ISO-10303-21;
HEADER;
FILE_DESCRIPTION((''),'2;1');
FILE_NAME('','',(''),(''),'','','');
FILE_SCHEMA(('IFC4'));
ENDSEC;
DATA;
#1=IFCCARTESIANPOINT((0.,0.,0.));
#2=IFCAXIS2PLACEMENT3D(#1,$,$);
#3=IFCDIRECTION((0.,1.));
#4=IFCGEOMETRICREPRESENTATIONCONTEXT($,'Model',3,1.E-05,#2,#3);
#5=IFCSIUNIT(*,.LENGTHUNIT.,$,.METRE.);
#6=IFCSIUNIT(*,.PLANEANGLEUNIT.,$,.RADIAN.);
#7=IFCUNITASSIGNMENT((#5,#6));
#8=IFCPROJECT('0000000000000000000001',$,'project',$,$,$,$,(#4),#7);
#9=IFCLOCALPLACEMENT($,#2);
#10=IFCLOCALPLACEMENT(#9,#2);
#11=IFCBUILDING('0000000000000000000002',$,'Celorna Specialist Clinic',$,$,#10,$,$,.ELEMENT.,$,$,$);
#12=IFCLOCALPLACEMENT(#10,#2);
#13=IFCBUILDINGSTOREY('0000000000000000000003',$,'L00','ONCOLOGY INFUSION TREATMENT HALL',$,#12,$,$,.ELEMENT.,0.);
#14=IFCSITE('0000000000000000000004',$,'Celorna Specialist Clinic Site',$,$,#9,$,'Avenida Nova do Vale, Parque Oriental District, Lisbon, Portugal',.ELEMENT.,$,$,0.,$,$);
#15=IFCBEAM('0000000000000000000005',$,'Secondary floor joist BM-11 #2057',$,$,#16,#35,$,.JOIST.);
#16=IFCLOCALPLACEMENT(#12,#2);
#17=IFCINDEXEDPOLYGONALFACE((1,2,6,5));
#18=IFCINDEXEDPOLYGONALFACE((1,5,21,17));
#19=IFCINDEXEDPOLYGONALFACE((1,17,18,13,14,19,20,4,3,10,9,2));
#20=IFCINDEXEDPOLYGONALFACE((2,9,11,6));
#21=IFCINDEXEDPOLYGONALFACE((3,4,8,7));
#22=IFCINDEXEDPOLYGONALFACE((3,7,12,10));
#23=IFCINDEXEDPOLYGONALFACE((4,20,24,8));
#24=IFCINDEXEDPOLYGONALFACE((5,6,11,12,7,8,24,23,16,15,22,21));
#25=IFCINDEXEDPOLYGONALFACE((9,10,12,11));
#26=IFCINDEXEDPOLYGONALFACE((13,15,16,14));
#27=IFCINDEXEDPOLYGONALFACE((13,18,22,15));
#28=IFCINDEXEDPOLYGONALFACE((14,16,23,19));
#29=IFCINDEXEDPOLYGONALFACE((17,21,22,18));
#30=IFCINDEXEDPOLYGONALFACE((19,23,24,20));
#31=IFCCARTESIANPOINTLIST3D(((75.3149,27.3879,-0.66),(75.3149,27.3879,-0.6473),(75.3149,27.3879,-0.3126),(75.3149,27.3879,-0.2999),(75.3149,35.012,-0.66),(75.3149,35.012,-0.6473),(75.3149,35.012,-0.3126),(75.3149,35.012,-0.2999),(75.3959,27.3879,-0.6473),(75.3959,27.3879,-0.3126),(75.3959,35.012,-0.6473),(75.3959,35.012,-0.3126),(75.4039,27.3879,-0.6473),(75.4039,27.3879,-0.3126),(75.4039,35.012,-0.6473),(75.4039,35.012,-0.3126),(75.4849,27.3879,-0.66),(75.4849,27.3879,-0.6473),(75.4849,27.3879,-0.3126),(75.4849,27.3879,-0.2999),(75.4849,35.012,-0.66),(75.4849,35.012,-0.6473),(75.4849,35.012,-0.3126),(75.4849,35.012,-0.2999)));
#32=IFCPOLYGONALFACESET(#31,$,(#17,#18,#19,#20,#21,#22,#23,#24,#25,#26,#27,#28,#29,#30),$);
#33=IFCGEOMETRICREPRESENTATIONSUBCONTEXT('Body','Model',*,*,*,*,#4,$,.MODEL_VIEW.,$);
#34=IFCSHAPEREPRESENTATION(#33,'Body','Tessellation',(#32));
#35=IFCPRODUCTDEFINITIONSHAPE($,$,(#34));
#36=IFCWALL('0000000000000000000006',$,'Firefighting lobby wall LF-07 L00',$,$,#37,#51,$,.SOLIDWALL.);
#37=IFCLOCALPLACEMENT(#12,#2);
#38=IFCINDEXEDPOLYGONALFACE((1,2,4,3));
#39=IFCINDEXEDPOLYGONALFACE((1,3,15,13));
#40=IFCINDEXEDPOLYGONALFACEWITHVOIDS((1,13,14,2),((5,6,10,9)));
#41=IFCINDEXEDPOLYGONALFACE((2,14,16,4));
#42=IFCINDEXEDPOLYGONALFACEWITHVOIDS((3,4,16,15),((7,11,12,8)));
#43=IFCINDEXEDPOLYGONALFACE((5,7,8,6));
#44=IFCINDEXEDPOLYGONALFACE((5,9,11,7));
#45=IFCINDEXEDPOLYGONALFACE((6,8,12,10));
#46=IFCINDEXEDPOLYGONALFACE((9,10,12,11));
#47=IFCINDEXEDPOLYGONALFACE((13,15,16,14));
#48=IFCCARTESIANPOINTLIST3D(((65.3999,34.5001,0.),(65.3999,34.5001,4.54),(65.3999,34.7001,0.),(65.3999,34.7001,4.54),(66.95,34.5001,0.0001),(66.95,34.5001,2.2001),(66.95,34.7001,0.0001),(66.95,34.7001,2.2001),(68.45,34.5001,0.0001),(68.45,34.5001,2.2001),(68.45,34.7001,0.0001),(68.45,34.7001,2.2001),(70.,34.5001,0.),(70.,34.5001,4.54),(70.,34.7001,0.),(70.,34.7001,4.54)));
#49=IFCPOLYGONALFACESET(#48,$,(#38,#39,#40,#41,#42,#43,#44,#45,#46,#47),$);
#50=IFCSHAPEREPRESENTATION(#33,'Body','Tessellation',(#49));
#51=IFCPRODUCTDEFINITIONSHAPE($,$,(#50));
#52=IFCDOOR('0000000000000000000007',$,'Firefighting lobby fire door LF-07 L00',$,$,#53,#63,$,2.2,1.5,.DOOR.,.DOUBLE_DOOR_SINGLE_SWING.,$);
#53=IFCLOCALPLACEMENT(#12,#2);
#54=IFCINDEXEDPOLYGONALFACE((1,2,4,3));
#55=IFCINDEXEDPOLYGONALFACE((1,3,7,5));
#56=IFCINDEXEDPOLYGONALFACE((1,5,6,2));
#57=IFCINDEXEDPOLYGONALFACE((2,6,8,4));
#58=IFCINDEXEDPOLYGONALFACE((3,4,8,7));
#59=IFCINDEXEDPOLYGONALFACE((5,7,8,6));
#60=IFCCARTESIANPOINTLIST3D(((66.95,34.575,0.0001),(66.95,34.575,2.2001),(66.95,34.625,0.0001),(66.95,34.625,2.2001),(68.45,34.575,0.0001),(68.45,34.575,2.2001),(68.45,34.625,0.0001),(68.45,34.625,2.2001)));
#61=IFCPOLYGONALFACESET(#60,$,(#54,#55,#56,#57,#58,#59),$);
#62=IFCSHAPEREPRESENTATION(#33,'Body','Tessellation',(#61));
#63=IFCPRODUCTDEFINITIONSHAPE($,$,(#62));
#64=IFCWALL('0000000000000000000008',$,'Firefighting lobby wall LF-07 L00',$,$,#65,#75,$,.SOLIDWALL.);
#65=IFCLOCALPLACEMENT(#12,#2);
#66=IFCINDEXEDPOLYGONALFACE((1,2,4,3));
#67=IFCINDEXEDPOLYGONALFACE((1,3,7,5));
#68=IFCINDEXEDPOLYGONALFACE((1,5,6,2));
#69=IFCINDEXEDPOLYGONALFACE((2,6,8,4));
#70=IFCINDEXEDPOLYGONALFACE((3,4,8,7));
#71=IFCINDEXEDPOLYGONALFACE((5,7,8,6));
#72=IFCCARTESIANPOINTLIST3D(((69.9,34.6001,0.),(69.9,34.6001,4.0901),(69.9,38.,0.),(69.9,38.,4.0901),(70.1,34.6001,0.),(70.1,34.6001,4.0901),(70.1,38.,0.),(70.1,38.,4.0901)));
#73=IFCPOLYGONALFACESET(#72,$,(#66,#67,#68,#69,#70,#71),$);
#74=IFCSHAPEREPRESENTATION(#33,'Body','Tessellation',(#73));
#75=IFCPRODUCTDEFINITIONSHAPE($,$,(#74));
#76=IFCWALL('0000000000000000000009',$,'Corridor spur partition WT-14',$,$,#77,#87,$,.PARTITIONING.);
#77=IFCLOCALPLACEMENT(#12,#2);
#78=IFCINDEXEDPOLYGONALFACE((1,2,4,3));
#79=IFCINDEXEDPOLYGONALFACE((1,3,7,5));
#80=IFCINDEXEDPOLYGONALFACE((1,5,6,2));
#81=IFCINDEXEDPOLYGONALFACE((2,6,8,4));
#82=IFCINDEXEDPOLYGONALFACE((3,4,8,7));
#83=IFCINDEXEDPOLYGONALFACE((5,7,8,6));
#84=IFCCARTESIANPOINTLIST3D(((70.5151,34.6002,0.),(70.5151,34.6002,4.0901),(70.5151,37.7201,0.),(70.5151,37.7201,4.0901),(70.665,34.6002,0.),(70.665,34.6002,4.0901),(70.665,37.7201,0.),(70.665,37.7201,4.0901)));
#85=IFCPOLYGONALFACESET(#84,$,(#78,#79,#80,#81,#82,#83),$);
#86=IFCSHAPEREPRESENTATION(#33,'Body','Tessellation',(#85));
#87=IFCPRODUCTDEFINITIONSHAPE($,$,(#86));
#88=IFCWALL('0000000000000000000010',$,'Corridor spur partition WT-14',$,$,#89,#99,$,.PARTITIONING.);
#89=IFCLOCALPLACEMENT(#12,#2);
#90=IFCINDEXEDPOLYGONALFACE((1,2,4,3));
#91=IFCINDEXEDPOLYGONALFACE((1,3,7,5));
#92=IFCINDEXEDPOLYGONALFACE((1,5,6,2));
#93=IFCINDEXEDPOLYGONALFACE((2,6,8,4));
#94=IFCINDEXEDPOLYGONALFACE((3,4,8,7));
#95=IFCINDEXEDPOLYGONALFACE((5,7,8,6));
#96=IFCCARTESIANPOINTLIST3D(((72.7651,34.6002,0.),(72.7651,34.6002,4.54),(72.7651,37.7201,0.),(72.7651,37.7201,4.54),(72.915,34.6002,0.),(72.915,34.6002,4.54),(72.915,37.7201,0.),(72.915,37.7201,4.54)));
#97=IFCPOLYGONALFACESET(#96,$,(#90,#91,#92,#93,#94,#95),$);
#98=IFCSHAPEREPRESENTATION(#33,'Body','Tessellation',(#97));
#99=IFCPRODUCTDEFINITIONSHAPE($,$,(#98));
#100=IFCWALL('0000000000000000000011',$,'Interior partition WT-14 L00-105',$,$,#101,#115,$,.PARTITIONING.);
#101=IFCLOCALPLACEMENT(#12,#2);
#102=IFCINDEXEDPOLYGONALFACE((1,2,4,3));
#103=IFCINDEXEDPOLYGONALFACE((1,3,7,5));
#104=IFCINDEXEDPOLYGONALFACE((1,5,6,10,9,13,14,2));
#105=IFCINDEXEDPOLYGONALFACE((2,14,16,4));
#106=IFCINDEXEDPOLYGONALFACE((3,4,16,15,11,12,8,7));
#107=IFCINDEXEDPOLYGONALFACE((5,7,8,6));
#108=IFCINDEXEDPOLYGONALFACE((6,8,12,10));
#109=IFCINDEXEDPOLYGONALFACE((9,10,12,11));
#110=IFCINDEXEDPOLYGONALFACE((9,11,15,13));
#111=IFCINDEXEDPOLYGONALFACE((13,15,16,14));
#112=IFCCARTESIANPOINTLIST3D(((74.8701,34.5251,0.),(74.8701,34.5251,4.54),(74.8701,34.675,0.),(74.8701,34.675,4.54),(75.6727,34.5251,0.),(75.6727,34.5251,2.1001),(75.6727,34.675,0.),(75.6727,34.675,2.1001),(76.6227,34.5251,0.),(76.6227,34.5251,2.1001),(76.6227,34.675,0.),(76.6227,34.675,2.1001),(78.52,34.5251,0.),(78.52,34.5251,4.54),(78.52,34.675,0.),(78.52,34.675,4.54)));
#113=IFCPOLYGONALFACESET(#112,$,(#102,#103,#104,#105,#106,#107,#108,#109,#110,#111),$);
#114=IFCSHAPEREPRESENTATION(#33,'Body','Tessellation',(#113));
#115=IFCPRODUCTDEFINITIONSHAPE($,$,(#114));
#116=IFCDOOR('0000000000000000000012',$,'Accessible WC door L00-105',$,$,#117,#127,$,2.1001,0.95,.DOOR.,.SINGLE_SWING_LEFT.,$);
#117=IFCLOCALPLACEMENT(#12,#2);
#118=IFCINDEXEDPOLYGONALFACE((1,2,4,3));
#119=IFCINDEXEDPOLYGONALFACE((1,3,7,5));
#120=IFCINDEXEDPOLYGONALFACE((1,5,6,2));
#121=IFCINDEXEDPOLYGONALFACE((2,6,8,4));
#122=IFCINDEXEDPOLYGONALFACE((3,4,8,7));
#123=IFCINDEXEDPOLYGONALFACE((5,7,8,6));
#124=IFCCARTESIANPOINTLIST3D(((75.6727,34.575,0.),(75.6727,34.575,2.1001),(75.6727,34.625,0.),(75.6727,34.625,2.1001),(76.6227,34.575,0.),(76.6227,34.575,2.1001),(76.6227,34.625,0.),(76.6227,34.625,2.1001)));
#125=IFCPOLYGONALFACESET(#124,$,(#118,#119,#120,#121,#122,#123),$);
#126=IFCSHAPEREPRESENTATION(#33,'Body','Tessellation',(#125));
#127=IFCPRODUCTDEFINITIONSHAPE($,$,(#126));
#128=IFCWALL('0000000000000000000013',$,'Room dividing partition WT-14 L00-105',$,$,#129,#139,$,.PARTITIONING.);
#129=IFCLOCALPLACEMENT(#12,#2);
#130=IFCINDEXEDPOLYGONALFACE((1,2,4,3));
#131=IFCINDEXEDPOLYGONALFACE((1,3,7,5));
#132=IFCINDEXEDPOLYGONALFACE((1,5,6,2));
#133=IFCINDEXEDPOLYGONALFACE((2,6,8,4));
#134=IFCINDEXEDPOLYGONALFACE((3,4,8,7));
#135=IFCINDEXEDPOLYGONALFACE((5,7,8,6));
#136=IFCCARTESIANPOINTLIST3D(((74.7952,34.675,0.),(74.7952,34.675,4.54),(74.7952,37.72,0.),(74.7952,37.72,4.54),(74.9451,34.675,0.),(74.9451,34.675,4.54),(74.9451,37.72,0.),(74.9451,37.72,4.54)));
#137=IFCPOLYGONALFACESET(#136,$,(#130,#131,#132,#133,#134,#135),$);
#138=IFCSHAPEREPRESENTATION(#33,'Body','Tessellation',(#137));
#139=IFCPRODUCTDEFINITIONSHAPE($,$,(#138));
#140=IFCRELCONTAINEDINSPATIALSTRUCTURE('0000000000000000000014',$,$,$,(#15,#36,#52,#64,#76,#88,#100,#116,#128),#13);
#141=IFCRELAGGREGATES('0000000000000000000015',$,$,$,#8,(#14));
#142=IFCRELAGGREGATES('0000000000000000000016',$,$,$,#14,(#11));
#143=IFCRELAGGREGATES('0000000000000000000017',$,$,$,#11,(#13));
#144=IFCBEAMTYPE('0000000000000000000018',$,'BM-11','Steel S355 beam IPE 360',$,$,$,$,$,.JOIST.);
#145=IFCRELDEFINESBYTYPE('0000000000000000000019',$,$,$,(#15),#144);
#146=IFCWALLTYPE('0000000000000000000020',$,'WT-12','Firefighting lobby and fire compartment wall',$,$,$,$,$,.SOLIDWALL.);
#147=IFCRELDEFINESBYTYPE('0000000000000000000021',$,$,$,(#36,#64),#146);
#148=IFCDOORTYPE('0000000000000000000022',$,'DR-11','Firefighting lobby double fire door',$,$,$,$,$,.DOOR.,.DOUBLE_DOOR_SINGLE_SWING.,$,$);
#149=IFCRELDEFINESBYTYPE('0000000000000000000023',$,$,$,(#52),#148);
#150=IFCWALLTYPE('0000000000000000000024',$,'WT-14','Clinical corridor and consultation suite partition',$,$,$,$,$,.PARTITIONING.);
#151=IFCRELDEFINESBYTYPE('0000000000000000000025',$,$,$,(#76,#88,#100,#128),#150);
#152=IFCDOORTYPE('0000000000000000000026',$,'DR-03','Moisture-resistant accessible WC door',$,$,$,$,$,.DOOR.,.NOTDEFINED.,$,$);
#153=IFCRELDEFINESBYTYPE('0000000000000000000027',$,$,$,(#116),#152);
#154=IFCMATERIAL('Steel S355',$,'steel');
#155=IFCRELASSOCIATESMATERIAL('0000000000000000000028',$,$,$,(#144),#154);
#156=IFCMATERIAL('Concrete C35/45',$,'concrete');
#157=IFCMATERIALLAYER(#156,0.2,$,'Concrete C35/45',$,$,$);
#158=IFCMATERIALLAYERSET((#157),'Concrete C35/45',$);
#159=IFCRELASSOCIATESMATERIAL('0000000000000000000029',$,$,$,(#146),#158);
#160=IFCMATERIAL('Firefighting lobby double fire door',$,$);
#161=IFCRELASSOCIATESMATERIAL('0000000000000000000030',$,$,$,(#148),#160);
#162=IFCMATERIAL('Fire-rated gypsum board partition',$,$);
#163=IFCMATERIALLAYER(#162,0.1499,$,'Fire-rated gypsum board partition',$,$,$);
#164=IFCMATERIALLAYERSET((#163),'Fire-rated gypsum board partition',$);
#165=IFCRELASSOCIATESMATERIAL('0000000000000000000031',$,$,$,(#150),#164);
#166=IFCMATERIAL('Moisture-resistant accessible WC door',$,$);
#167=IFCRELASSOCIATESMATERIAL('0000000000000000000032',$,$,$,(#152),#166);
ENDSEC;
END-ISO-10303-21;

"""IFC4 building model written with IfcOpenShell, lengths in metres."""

from ifc_helpers import new_model, si_unit, direction, frame, frame_2d, origin, origin_2d, place, context, subcontext, project, spatial, rectangle, i_section, extrude, material, layer, layer_set, material_profile, profile_set, type_object, element, fill, save


model = new_model("IFC4")

# Units and contexts
model_context = context("Model", 3, precision=1e-05, world=origin(), true_north=direction((0.0, 1.0)))
body_context = subcontext(model_context, "Body", "Model", "MODEL_VIEW")
ifc_project = project(units=[si_unit("LENGTHUNIT", "METRE"), si_unit("PLANEANGLEUNIT", "RADIAN")], contexts=[model_context])

# Site, building, storey
site_placement = place(None, origin())
site = spatial("IfcSite", under=ifc_project, at=site_placement, Name="Celorna Specialist Clinic Site", LongName="Avenida Nova do Vale, Parque Oriental District, Lisbon, Portugal", CompositionType="ELEMENT", RefElevation=0.0)
building_placement = place(site_placement, origin())
building = spatial("IfcBuilding", under=site, at=building_placement, Name="Celorna Specialist Clinic", CompositionType="ELEMENT")
storey_placement = place(building_placement, origin())
storey = spatial("IfcBuildingStorey", under=building, at=storey_placement, Name="L00", Description="ONCOLOGY INFUSION TREATMENT HALL", CompositionType="ELEMENT", Elevation=0.0)

# Beam
ifc_material_1 = material(Name="Steel S355", Category="steel")
ifc_material_profile_1 = material_profile(ifc_material_1, i_section(OverallWidth=0.1699, OverallDepth=0.3601, WebThickness=0.0081, FlangeThickness=0.0127, at=origin_2d()), Name="IPE 360")
ifc_profile_set_1 = profile_set([ifc_material_profile_1], Name="Steel S355")
beam_type_1 = type_object("IfcBeamType", Name="BM-11", Description="Steel S355 beam IPE 360", PredefinedType="JOIST", material=ifc_profile_set_1)
for number, where, z_axis, x_axis, name in (
    (1, (75.3999, 27.3879, -0.48), (0.0, 1.0, 0.0), (-1.0, 0.0, 0.0), "Secondary floor joist BM-11 #2057"),
):
    element("IfcBeam", number, at=place(storey_placement, frame(where, z_axis=z_axis, x_axis=x_axis)), inside=storey, type_object=beam_type_1, Name=name, PredefinedType="JOIST", context=body_context, shape_type="SweptSolid", body=[
        extrude(i_section(OverallWidth=0.1699, OverallDepth=0.3601, WebThickness=0.0081, FlangeThickness=0.0127, at=origin_2d()), origin(), (0.0, 0.0, 1.0), 7.624),
    ])

# Wall, opening, door
ifc_material_2 = material(Name="Concrete C35/45", Category="concrete")
ifc_layer_1 = layer(ifc_material_2, 0.2, Name="Concrete C35/45")
ifc_layer_set_1 = layer_set([ifc_layer_1], Name="Concrete C35/45")
wall_type_1 = type_object("IfcWallType", Name="WT-12", Description="Firefighting lobby and fire compartment wall", PredefinedType="SOLIDWALL", material=ifc_layer_set_1)
wall_1_placement = place(storey_placement, frame((65.3999, 34.6001, 0.0), z_axis=(0.0, 0.0, 1.0), x_axis=(1.0, 0.0, 0.0)))
wall_1 = element("IfcWall", 2, at=wall_1_placement, inside=storey, type_object=wall_type_1, Name="Firefighting lobby wall LF-07 L00", PredefinedType="SOLIDWALL", context=body_context, shape_type="SweptSolid", body=[
    extrude(rectangle(XDim=4.6001, YDim=0.2, at=frame_2d((2.3, 0.0))), origin(), (0.0, 0.0, 1.0), 4.54),
])
opening_1_placement = place(wall_1_placement, frame((1.55, 0.0, 0.0)))
opening_1 = element("IfcOpeningElement", 3, at=opening_1_placement, cuts=wall_1, PredefinedType="OPENING", context=body_context, shape_type="SweptSolid", body=[
    extrude(rectangle(XDim=1.5, YDim=2.2, at=frame_2d((0.75, 1.1001))), frame((0.0, 0.1099, 0.0), z_axis=(0.0, -1.0, 0.0), x_axis=(1.0, 0.0, 0.0)), (0.0, 0.0, 1.0), 0.22),
])
ifc_material_3 = material(Name="Firefighting lobby double fire door")
door_type_1 = type_object("IfcDoorType", Name="DR-11", Description="Firefighting lobby double fire door", OperationType="DOUBLE_DOOR_SINGLE_SWING", PredefinedType="DOOR", material=ifc_material_3)
door_1_placement = place(opening_1_placement, origin())
door_1 = element("IfcDoor", 4, at=door_1_placement, inside=storey, type_object=door_type_1, Name="Firefighting lobby fire door LF-07 L00", OperationType="DOUBLE_DOOR_SINGLE_SWING", OverallHeight=2.2, OverallWidth=1.5, PredefinedType="DOOR", context=body_context, shape_type="SweptSolid", body=[
    extrude(rectangle(XDim=1.5, YDim=2.2, at=frame_2d((0.75, 1.1001))), frame((0.0, 0.0249, 0.0), z_axis=(0.0, -1.0, 0.0), x_axis=(1.0, 0.0, 0.0)), (0.0, 0.0, 1.0), 0.05),
])
fill(opening_1, door_1)

# Walls
wall_2_placement = place(storey_placement, frame((70.0, 34.6001, 0.0), z_axis=(0.0, 0.0, 1.0), x_axis=(0.0, 1.0, 0.0)))
element("IfcWall", 5, at=wall_2_placement, inside=storey, type_object=wall_type_1, Name="Firefighting lobby wall LF-07 L00", PredefinedType="SOLIDWALL", context=body_context, shape_type="SweptSolid", body=[
    extrude(rectangle(XDim=3.3999, YDim=0.2, at=frame_2d((1.7, 0.0))), origin(), (0.0, 0.0, 1.0), 4.0901),
])
ifc_material_4 = material(Name="Fire-rated gypsum board partition")
ifc_layer_2 = layer(ifc_material_4, 0.1499, Name="Fire-rated gypsum board partition")
ifc_layer_set_2 = layer_set([ifc_layer_2], Name="Fire-rated gypsum board partition")
wall_type_2 = type_object("IfcWallType", Name="WT-14", Description="Clinical corridor and consultation suite partition", PredefinedType="PARTITIONING", material=ifc_layer_set_2)
wall_3_placement = place(storey_placement, frame((70.5901, 34.6001, 0.0), z_axis=(0.0, 0.0, 1.0), x_axis=(0.0, 1.0, 0.0)))
element("IfcWall", 6, at=wall_3_placement, inside=storey, type_object=wall_type_2, Name="Corridor spur partition WT-14", PredefinedType="PARTITIONING", context=body_context, shape_type="SweptSolid", body=[
    extrude(rectangle(XDim=3.1199, YDim=0.1499, at=frame_2d((1.5601, 0.0))), origin(), (0.0, 0.0, 1.0), 4.0901),
])
wall_4_placement = place(storey_placement, frame((72.8401, 34.6001, 0.0), z_axis=(0.0, 0.0, 1.0), x_axis=(0.0, 1.0, 0.0)))
element("IfcWall", 7, at=wall_4_placement, inside=storey, type_object=wall_type_2, Name="Corridor spur partition WT-14", PredefinedType="PARTITIONING", context=body_context, shape_type="SweptSolid", body=[
    extrude(rectangle(XDim=3.1199, YDim=0.1499, at=frame_2d((1.5601, 0.0))), origin(), (0.0, 0.0, 1.0), 4.54),
])

# Wall, opening, door
wall_5_placement = place(storey_placement, frame((74.8701, 34.6001, 0.0), z_axis=(0.0, 0.0, 1.0), x_axis=(1.0, 0.0, 0.0)))
wall_5 = element("IfcWall", 8, at=wall_5_placement, inside=storey, type_object=wall_type_2, Name="Interior partition WT-14 L00-105", PredefinedType="PARTITIONING", context=body_context, shape_type="SweptSolid", body=[
    extrude(rectangle(XDim=3.6499, YDim=0.1499, at=frame_2d((1.825, 0.0))), origin(), (0.0, 0.0, 1.0), 4.54),
])
opening_2_placement = place(wall_5_placement, frame((0.8025, 0.0, 0.0)))
opening_2 = element("IfcOpeningElement", 9, at=opening_2_placement, cuts=wall_5, PredefinedType="OPENING", context=body_context, shape_type="SweptSolid", body=[
    extrude(rectangle(XDim=0.95, YDim=2.1001, at=frame_2d((0.4751, 1.05))), frame((0.0, 0.085, 0.0), z_axis=(0.0, -1.0, 0.0), x_axis=(1.0, 0.0, 0.0)), (0.0, 0.0, 1.0), 0.1699),
])
ifc_material_5 = material(Name="Moisture-resistant accessible WC door")
door_type_2 = type_object("IfcDoorType", Name="DR-03", Description="Moisture-resistant accessible WC door", OperationType="NOTDEFINED", PredefinedType="DOOR", material=ifc_material_5)
door_2_placement = place(opening_2_placement, origin())
door_2 = element("IfcDoor", 10, at=door_2_placement, inside=storey, type_object=door_type_2, Name="Accessible WC door L00-105", OperationType="SINGLE_SWING_LEFT", OverallHeight=2.1001, OverallWidth=0.95, PredefinedType="DOOR", context=body_context, shape_type="SweptSolid", body=[
    extrude(rectangle(XDim=0.95, YDim=2.1001, at=frame_2d((0.4751, 1.05))), frame((0.0, 0.0249, 0.0), z_axis=(0.0, -1.0, 0.0), x_axis=(1.0, 0.0, 0.0)), (0.0, 0.0, 1.0), 0.05),
])
fill(opening_2, door_2)

# Wall
wall_6_placement = place(storey_placement, frame((74.8701, 34.675, 0.0), z_axis=(0.0, 0.0, 1.0), x_axis=(0.0, 1.0, 0.0)))
element("IfcWall", 11, at=wall_6_placement, inside=storey, type_object=wall_type_2, Name="Room dividing partition WT-14 L00-105", PredefinedType="PARTITIONING", context=body_context, shape_type="SweptSolid", body=[
    extrude(rectangle(XDim=3.0449, YDim=0.1499, at=frame_2d((1.5225, 0.0))), origin(), (0.0, 0.0, 1.0), 4.54),
])

save(model, "model.ifc")
